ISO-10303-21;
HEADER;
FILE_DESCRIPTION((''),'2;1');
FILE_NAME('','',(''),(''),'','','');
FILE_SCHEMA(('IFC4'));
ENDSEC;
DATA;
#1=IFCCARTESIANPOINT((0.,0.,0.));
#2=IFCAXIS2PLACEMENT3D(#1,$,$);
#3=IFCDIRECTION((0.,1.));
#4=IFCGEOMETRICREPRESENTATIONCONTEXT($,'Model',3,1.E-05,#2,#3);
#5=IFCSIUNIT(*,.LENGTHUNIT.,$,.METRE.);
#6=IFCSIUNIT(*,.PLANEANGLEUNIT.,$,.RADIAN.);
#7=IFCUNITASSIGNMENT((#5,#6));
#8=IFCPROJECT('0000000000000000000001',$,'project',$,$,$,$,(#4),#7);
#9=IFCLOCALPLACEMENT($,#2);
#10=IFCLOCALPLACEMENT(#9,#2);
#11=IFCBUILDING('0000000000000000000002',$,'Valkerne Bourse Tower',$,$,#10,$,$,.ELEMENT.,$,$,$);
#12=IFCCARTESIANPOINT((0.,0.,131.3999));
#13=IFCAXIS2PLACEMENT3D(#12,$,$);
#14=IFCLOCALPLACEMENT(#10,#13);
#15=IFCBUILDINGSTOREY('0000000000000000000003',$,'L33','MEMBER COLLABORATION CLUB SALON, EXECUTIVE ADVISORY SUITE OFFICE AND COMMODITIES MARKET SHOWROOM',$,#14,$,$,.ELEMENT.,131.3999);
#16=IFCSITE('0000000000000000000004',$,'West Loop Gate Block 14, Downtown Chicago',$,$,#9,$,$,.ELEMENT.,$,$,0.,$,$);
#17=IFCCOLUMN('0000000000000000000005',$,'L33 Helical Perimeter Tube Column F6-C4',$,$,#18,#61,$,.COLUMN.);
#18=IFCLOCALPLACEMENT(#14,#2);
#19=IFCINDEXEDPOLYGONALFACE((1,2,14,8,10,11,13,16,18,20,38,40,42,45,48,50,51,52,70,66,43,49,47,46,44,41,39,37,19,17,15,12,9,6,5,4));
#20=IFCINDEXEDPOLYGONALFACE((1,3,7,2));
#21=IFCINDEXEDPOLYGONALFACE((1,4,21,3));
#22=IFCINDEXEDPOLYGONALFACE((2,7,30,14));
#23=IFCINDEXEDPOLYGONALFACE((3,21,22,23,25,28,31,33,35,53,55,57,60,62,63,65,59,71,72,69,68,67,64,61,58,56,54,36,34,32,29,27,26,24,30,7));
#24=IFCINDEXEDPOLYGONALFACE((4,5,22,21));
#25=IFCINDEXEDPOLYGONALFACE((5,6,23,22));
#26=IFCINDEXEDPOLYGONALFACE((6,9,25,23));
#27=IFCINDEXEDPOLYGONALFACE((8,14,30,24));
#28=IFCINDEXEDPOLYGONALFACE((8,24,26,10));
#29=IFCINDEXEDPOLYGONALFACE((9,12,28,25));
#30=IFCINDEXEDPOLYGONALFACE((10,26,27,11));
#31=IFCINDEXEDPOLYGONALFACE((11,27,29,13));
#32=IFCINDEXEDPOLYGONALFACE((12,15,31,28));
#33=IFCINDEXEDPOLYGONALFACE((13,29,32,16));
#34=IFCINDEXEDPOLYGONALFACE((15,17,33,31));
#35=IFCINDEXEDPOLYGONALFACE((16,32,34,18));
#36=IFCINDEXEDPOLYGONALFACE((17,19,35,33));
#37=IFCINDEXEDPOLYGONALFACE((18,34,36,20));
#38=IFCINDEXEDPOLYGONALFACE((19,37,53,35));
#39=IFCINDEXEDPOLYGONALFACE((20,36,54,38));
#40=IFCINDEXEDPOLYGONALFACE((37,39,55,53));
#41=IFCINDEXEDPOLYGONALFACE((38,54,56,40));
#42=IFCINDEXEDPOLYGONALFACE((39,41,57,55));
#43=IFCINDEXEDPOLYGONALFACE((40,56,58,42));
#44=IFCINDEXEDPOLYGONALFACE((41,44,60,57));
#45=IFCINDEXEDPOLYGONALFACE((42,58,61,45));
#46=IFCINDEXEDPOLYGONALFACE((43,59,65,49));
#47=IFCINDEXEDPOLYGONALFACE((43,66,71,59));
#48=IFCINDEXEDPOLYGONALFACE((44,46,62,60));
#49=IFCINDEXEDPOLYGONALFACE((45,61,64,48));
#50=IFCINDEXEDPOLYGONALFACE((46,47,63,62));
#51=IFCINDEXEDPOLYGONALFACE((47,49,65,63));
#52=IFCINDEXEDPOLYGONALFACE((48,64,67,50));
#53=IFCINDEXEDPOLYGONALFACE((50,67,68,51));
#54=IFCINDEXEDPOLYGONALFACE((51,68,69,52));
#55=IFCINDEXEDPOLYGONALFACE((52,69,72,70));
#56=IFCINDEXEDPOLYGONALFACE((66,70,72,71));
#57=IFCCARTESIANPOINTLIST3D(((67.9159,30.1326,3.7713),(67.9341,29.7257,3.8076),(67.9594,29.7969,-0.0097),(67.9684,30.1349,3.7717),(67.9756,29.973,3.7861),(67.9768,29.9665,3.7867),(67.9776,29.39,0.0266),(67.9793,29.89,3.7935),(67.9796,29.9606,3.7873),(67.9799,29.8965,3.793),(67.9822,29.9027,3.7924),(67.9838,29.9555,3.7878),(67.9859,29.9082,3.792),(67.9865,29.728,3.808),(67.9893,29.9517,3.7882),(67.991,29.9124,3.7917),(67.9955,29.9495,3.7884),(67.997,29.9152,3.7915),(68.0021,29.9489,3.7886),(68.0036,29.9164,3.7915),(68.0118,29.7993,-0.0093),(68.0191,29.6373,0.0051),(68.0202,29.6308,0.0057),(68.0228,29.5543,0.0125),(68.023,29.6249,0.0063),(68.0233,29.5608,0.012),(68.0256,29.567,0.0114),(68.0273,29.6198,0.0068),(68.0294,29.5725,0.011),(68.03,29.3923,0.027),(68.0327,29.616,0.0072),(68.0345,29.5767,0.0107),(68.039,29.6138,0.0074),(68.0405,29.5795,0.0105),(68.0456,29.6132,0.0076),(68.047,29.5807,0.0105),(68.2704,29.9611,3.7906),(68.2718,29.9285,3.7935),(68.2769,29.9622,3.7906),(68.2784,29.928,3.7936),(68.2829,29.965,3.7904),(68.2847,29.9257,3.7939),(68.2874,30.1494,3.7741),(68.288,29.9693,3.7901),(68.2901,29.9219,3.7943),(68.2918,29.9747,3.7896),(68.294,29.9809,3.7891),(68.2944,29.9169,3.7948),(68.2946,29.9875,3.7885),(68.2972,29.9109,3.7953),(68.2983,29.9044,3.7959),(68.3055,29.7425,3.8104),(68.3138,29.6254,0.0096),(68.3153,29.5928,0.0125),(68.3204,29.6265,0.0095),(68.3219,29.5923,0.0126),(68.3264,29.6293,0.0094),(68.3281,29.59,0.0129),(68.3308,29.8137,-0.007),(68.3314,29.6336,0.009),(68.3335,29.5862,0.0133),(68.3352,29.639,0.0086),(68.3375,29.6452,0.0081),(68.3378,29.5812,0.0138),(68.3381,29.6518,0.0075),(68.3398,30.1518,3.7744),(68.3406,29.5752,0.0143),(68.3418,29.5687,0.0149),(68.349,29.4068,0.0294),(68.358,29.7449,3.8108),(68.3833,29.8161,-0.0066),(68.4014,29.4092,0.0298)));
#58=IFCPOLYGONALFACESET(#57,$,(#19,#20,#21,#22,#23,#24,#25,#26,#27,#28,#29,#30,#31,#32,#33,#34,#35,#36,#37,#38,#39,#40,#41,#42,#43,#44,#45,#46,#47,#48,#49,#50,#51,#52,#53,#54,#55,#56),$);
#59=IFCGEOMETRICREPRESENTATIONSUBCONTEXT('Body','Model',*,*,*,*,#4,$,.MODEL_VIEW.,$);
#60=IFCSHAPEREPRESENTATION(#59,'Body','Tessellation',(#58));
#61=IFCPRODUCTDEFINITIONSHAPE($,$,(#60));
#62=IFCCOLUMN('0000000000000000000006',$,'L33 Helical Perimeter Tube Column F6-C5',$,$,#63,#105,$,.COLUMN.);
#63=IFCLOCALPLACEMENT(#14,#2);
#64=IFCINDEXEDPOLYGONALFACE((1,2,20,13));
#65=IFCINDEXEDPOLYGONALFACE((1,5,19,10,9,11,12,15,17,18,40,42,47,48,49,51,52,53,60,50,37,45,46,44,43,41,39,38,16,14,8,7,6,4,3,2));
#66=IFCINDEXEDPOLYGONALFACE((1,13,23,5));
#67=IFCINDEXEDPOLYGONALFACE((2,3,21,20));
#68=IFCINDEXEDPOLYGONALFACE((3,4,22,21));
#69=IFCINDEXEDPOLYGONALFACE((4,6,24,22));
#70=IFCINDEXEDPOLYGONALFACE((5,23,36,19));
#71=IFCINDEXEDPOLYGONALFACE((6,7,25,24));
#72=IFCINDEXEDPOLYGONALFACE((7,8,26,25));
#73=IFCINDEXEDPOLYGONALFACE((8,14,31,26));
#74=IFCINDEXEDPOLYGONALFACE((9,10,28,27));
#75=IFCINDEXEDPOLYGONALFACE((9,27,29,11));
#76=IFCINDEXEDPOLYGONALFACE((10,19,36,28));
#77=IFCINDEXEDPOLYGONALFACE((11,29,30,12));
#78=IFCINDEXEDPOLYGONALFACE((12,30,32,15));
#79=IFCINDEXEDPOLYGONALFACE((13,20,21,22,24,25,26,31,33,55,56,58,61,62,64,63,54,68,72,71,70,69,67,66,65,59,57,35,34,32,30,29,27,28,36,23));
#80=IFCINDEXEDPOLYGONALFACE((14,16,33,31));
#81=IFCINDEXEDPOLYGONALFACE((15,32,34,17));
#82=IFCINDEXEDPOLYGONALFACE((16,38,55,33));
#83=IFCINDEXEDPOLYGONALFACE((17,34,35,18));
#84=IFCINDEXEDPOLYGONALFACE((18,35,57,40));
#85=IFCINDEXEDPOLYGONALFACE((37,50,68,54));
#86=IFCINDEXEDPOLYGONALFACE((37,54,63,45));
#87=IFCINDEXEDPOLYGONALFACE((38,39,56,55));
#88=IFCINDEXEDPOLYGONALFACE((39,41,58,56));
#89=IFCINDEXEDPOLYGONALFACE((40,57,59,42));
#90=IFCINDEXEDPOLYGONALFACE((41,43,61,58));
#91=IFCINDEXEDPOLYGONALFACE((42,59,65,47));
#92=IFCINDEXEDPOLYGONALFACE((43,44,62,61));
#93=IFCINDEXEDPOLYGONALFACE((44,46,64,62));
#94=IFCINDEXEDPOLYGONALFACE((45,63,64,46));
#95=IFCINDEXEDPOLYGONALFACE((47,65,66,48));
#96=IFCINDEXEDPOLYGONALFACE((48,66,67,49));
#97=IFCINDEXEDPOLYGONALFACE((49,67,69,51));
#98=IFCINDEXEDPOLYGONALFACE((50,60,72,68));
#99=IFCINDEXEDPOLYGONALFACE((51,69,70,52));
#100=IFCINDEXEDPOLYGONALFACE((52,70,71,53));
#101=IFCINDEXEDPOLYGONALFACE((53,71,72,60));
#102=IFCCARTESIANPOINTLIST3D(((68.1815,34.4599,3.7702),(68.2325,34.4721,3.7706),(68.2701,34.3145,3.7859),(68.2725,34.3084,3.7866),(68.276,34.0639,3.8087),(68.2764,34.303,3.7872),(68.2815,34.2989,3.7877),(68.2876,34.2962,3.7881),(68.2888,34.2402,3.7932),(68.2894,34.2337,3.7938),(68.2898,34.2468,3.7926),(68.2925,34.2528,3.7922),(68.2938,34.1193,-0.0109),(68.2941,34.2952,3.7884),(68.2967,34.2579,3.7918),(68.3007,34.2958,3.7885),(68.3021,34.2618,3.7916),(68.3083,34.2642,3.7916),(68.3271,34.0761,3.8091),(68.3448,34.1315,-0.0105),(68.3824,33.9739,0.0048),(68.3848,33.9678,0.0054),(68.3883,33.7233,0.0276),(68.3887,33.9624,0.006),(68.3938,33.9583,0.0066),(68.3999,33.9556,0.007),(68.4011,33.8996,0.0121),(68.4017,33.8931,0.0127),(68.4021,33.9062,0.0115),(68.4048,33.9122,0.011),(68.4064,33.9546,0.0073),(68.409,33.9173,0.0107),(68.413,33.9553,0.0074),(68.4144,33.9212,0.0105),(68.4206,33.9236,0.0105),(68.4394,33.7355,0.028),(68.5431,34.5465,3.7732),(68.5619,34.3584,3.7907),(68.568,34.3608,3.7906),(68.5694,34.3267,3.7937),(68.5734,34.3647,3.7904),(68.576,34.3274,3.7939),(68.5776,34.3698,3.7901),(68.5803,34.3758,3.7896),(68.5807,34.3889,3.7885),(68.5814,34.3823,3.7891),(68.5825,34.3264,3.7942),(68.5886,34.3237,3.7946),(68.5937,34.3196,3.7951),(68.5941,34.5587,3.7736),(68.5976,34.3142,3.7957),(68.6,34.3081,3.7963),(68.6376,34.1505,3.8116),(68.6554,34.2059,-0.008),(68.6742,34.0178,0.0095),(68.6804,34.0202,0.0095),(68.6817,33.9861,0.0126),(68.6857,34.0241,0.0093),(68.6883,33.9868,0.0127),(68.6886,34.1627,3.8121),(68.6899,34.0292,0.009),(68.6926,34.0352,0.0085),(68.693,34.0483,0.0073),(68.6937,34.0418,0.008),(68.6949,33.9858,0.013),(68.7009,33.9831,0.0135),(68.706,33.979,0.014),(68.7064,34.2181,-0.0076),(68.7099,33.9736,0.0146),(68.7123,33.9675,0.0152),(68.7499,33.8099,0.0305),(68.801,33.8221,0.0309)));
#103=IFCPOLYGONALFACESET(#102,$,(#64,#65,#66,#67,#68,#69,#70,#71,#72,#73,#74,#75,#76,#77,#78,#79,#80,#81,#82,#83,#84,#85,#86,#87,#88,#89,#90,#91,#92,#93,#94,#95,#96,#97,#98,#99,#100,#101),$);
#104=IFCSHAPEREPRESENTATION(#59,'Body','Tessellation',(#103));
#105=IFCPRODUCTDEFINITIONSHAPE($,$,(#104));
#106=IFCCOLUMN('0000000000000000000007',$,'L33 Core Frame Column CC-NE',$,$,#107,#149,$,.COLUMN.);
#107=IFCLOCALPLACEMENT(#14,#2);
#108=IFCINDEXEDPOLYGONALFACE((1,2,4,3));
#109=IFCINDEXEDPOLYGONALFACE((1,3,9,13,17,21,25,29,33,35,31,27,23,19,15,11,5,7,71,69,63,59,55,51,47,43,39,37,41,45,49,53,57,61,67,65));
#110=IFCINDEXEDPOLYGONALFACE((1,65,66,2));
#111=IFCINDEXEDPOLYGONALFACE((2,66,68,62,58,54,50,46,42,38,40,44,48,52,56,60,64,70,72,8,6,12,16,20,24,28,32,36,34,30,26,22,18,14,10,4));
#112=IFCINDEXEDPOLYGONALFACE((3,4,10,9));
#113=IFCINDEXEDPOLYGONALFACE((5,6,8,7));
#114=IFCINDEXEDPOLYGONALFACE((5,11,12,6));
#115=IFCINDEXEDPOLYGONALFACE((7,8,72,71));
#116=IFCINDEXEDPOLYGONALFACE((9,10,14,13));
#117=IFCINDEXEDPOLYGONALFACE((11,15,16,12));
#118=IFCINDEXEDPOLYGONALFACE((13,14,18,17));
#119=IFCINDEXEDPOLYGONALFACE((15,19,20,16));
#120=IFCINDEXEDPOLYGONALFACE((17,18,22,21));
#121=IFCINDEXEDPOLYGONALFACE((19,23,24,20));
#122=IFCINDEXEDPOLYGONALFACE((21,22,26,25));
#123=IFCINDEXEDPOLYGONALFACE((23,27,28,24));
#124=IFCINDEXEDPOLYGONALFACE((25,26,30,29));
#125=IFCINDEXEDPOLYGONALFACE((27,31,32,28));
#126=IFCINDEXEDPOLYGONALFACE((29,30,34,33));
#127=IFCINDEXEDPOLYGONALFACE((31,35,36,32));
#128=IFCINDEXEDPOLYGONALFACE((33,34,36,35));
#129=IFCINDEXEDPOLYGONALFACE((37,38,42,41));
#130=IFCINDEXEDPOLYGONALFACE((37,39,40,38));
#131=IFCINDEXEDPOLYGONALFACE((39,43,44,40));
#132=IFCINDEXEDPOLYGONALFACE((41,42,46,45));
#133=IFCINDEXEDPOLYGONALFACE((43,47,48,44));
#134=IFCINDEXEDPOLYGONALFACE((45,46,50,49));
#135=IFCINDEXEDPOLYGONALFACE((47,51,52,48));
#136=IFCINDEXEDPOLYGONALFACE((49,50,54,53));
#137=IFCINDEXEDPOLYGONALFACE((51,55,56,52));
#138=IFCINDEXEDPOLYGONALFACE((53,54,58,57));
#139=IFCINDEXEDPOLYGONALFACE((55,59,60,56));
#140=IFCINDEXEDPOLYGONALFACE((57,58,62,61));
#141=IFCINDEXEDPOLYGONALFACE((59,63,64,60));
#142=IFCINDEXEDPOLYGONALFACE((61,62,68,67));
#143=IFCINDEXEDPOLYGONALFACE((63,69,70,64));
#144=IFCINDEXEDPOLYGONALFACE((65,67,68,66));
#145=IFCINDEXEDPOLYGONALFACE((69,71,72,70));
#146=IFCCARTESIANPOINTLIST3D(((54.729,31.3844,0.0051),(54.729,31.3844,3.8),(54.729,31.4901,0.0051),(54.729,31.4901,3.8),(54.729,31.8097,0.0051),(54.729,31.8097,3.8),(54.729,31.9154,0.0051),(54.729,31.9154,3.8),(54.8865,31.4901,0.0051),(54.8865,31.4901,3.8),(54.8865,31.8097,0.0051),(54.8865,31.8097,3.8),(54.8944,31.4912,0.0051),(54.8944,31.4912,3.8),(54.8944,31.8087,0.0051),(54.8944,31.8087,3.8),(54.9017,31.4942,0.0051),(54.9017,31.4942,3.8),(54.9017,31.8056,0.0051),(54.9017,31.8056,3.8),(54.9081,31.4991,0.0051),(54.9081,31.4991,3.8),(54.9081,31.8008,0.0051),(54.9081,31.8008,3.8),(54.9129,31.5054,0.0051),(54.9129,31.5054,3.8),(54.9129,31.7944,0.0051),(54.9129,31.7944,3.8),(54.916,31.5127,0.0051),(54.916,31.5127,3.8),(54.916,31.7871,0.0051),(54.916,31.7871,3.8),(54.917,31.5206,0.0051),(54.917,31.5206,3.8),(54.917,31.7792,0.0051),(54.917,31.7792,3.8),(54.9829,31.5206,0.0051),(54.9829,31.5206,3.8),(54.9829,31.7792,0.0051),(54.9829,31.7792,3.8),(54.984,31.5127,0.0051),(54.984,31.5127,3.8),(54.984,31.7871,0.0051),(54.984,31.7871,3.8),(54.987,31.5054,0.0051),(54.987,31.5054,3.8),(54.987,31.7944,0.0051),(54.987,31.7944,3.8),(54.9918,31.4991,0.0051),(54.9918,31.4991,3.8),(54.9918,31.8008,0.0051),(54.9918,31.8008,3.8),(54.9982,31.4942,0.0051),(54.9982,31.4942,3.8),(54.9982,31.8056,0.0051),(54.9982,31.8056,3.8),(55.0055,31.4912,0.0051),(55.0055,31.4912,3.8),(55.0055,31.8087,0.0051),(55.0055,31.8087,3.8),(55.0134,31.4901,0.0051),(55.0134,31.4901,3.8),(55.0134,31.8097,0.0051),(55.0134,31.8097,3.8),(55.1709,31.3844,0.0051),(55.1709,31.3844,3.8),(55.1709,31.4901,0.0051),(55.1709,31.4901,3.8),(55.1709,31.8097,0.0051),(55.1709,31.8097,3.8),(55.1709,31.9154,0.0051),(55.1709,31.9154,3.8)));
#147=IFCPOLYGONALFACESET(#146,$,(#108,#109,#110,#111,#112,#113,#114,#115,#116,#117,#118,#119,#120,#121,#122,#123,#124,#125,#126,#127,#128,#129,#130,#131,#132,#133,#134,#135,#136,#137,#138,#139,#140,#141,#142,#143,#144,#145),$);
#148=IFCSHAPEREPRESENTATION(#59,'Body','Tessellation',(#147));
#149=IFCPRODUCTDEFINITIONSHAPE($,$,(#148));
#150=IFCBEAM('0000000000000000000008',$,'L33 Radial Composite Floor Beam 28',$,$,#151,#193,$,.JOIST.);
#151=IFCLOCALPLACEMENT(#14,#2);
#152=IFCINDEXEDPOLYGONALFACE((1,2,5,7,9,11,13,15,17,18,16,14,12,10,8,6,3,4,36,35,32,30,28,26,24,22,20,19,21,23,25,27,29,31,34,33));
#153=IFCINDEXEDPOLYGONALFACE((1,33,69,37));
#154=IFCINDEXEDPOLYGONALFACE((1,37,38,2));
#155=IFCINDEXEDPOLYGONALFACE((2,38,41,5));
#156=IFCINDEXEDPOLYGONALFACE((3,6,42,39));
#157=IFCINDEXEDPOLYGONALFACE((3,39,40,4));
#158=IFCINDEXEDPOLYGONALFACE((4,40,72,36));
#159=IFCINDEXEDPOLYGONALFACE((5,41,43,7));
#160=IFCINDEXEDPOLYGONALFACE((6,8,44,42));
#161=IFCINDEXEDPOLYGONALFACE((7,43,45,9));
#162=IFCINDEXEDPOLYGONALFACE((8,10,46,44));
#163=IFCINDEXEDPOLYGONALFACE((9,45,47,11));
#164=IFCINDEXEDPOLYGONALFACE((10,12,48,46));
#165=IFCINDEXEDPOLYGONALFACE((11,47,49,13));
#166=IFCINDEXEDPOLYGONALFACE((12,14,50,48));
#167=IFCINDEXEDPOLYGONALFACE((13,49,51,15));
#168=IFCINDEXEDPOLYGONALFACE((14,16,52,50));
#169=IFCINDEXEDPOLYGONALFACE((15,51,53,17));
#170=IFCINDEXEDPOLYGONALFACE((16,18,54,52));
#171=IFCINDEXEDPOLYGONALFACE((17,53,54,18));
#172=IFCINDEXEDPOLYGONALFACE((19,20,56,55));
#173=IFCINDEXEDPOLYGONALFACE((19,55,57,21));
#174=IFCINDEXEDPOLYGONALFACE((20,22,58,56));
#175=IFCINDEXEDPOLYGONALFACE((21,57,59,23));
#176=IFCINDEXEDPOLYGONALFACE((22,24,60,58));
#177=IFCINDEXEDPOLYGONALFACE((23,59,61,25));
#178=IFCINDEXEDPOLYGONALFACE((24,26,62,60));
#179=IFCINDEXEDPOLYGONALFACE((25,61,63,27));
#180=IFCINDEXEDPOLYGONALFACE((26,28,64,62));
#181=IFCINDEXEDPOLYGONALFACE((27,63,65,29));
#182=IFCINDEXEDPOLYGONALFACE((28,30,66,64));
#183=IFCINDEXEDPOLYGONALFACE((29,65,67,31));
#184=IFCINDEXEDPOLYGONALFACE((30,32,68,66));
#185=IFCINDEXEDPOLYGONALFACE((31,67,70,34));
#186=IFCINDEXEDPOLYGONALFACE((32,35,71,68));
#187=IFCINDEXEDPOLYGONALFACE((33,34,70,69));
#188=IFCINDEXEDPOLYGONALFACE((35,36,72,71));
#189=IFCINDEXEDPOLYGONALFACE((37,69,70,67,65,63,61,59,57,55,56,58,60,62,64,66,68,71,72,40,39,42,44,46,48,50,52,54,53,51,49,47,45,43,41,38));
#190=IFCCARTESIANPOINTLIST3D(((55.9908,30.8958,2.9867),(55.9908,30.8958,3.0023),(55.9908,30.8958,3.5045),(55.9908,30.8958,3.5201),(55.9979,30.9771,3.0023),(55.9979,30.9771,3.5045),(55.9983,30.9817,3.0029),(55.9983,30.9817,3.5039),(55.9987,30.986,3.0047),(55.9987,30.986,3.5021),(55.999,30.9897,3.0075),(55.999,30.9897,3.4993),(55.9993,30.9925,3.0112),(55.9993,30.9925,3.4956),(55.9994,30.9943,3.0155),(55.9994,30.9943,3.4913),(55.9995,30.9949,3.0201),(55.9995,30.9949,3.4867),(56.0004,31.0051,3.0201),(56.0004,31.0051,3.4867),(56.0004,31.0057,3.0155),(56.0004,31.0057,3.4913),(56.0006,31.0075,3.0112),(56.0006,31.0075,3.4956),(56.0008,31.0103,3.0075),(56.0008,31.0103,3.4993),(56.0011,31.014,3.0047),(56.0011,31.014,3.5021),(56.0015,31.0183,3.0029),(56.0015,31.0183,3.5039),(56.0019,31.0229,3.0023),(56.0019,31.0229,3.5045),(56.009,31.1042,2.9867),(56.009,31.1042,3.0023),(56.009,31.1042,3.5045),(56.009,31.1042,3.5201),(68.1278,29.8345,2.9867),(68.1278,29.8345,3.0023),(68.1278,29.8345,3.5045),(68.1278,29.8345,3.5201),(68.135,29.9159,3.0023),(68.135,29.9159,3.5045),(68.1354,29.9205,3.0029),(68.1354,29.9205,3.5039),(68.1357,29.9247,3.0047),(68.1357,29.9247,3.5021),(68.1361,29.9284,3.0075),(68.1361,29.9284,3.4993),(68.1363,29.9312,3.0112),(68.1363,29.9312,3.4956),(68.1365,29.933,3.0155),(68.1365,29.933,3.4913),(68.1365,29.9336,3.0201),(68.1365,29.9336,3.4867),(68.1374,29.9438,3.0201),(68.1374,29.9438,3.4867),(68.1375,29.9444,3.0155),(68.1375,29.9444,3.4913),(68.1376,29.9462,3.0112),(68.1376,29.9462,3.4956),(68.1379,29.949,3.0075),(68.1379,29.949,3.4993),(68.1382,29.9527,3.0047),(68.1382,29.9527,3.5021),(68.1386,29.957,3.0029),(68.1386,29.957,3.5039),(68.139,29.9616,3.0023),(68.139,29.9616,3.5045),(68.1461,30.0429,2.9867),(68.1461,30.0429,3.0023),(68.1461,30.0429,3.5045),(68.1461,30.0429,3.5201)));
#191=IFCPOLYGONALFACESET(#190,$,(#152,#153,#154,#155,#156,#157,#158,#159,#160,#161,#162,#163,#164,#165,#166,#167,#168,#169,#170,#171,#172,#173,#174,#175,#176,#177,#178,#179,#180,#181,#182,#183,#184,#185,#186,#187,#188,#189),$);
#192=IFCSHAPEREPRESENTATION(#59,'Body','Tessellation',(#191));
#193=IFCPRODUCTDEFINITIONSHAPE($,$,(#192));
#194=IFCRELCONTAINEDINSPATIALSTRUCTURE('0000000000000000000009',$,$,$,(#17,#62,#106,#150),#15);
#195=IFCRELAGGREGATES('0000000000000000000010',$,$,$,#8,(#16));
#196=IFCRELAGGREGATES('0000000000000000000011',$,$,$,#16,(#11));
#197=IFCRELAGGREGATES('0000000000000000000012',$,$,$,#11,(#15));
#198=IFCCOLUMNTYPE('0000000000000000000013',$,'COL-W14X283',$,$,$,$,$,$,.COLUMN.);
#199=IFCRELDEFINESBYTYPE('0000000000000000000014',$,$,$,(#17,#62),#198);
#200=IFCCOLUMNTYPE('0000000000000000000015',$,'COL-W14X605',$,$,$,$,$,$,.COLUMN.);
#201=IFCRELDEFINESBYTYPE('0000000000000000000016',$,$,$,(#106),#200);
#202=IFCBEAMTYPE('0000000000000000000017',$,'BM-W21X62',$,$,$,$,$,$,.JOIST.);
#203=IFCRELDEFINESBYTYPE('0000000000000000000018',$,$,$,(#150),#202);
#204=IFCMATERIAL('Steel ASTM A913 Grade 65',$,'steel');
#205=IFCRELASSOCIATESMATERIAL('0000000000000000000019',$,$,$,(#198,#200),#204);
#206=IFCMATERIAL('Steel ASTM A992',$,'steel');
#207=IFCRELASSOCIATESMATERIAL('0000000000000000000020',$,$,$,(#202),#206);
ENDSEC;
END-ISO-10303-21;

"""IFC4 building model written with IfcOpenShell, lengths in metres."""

from ifc_helpers import new_model, si_unit, direction, frame, origin, origin_2d, place, context, subcontext, project, spatial, i_section, extrude, material, material_profile, profile_set, type_object, element, save


model = new_model("IFC4")

# Units and contexts
model_context = context("Model", 3, precision=1e-05, world=origin(), true_north=direction((0.0, 1.0)))
body_context = subcontext(model_context, "Body", "Model", "MODEL_VIEW")
ifc_project = project(units=[si_unit("LENGTHUNIT", "METRE"), si_unit("PLANEANGLEUNIT", "RADIAN")], contexts=[model_context])

# Site, building, storey
site_placement = place(None, origin())
site = spatial("IfcSite", under=ifc_project, at=site_placement, Name="West Loop Gate Block 14, Downtown Chicago", CompositionType="ELEMENT", RefElevation=0.0)
building_placement = place(site_placement, origin())
building = spatial("IfcBuilding", under=site, at=building_placement, Name="Valkerne Bourse Tower", CompositionType="ELEMENT")
storey_placement = place(building_placement, frame((0.0, 0.0, 131.3999)))
storey = spatial("IfcBuildingStorey", under=building, at=storey_placement, Name="L33", Description="MEMBER COLLABORATION CLUB SALON, EXECUTIVE ADVISORY SUITE OFFICE AND COMMODITIES MARKET SHOWROOM", CompositionType="ELEMENT", Elevation=131.3999)

# Columns
ifc_material_1 = material(Name="Steel ASTM A913 Grade 65", Category="steel")
ifc_material_profile_1 = material_profile(ifc_material_1, i_section(OverallWidth=0.4089, OverallDepth=0.4243, WebThickness=0.0327, FlangeThickness=0.0525, FilletRadius=0.0254, at=origin_2d()), Name="W14X283")
ifc_profile_set_1 = profile_set([ifc_material_profile_1], Name="Steel ASTM A913 Grade 65")
column_type_1 = type_object("IfcColumnType", Name="COL-W14X283", PredefinedType="COLUMN", material=ifc_profile_set_1)
column_1_placement = place(storey_placement, frame((68.1804, 29.603, 0.01), z_axis=(-0.011448, 0.08843, 0.996017), x_axis=(0.044438, -0.995053, 0.088856)))
element("IfcColumn", 1, at=column_1_placement, inside=storey, type_object=column_type_1, Name="L33 Helical Perimeter Tube Column F6-C4", PredefinedType="COLUMN", context=body_context, shape_type="SweptSolid", body=[
    extrude(i_section(OverallWidth=0.4089, OverallDepth=0.4243, WebThickness=0.0327, FlangeThickness=0.0525, FilletRadius=0.0254, at=origin_2d()), origin(), (0.0, 0.0, 1.0), 3.7961),
])
column_2_placement = place(storey_placement, frame((68.5474, 33.9707, 0.01), z_axis=(-0.02957, 0.089673, 0.995532), x_axis=(0.231201, -0.968345, 0.094091)))
element("IfcColumn", 2, at=column_2_placement, inside=storey, type_object=column_type_1, Name="L33 Helical Perimeter Tube Column F6-C5", PredefinedType="COLUMN", context=body_context, shape_type="SweptSolid", body=[
    extrude(i_section(OverallWidth=0.4089, OverallDepth=0.4243, WebThickness=0.0327, FlangeThickness=0.0525, FilletRadius=0.0254, at=origin_2d()), origin(), (0.0, 0.0, 1.0), 3.7981),
])
ifc_material_profile_2 = material_profile(ifc_material_1, i_section(OverallWidth=0.4419, OverallDepth=0.531, WebThickness=0.0659, FlangeThickness=0.1057, FilletRadius=0.0305, at=origin_2d()), Name="W14X605")
ifc_profile_set_2 = profile_set([ifc_material_profile_2], Name="Steel ASTM A913 Grade 65")
column_type_2 = type_object("IfcColumnType", Name="COL-W14X605", PredefinedType="COLUMN", material=ifc_profile_set_2)
column_3_placement = place(storey_placement, frame((54.95, 31.6499, 0.0051), z_axis=(0.0, 0.0, 1.0), x_axis=(1.0, 0.0, 0.0)))
element("IfcColumn", 3, at=column_3_placement, inside=storey, type_object=column_type_2, Name="L33 Core Frame Column CC-NE", PredefinedType="COLUMN", context=body_context, shape_type="SweptSolid", body=[
    extrude(i_section(OverallWidth=0.4419, OverallDepth=0.531, WebThickness=0.0659, FlangeThickness=0.1057, FilletRadius=0.0305, at=origin_2d()), origin(), (0.0, 0.0, 1.0), 3.7949),
])

# Beam
ifc_material_2 = material(Name="Steel ASTM A992", Category="steel")
ifc_material_profile_3 = material_profile(ifc_material_2, i_section(OverallWidth=0.2092, OverallDepth=0.5334, WebThickness=0.0103, FlangeThickness=0.0156, FilletRadius=0.0178, at=origin_2d()), Name="W21X62")
ifc_profile_set_3 = profile_set([ifc_material_profile_3], Name="Steel ASTM A992")
beam_type_1 = type_object("IfcBeamType", Name="BM-W21X62", PredefinedType="JOIST", material=ifc_profile_set_3)
beam_1_placement = place(storey_placement, frame((68.137, 29.9387, 3.2534), z_axis=(-0.996199, 0.08711, 0.0), x_axis=(-0.08711, -0.996199, 0.0)))
element("IfcBeam", 4, at=beam_1_placement, inside=storey, type_object=beam_type_1, Name="L33 Radial Composite Floor Beam 28", PredefinedType="JOIST", context=body_context, shape_type="SweptSolid", body=[
    extrude(i_section(OverallWidth=0.2092, OverallDepth=0.5334, WebThickness=0.0103, FlangeThickness=0.0156, FilletRadius=0.0178, at=origin_2d()), origin(), (0.0, 0.0, 1.0), 12.1833),
])

save(model, "model.ifc")
